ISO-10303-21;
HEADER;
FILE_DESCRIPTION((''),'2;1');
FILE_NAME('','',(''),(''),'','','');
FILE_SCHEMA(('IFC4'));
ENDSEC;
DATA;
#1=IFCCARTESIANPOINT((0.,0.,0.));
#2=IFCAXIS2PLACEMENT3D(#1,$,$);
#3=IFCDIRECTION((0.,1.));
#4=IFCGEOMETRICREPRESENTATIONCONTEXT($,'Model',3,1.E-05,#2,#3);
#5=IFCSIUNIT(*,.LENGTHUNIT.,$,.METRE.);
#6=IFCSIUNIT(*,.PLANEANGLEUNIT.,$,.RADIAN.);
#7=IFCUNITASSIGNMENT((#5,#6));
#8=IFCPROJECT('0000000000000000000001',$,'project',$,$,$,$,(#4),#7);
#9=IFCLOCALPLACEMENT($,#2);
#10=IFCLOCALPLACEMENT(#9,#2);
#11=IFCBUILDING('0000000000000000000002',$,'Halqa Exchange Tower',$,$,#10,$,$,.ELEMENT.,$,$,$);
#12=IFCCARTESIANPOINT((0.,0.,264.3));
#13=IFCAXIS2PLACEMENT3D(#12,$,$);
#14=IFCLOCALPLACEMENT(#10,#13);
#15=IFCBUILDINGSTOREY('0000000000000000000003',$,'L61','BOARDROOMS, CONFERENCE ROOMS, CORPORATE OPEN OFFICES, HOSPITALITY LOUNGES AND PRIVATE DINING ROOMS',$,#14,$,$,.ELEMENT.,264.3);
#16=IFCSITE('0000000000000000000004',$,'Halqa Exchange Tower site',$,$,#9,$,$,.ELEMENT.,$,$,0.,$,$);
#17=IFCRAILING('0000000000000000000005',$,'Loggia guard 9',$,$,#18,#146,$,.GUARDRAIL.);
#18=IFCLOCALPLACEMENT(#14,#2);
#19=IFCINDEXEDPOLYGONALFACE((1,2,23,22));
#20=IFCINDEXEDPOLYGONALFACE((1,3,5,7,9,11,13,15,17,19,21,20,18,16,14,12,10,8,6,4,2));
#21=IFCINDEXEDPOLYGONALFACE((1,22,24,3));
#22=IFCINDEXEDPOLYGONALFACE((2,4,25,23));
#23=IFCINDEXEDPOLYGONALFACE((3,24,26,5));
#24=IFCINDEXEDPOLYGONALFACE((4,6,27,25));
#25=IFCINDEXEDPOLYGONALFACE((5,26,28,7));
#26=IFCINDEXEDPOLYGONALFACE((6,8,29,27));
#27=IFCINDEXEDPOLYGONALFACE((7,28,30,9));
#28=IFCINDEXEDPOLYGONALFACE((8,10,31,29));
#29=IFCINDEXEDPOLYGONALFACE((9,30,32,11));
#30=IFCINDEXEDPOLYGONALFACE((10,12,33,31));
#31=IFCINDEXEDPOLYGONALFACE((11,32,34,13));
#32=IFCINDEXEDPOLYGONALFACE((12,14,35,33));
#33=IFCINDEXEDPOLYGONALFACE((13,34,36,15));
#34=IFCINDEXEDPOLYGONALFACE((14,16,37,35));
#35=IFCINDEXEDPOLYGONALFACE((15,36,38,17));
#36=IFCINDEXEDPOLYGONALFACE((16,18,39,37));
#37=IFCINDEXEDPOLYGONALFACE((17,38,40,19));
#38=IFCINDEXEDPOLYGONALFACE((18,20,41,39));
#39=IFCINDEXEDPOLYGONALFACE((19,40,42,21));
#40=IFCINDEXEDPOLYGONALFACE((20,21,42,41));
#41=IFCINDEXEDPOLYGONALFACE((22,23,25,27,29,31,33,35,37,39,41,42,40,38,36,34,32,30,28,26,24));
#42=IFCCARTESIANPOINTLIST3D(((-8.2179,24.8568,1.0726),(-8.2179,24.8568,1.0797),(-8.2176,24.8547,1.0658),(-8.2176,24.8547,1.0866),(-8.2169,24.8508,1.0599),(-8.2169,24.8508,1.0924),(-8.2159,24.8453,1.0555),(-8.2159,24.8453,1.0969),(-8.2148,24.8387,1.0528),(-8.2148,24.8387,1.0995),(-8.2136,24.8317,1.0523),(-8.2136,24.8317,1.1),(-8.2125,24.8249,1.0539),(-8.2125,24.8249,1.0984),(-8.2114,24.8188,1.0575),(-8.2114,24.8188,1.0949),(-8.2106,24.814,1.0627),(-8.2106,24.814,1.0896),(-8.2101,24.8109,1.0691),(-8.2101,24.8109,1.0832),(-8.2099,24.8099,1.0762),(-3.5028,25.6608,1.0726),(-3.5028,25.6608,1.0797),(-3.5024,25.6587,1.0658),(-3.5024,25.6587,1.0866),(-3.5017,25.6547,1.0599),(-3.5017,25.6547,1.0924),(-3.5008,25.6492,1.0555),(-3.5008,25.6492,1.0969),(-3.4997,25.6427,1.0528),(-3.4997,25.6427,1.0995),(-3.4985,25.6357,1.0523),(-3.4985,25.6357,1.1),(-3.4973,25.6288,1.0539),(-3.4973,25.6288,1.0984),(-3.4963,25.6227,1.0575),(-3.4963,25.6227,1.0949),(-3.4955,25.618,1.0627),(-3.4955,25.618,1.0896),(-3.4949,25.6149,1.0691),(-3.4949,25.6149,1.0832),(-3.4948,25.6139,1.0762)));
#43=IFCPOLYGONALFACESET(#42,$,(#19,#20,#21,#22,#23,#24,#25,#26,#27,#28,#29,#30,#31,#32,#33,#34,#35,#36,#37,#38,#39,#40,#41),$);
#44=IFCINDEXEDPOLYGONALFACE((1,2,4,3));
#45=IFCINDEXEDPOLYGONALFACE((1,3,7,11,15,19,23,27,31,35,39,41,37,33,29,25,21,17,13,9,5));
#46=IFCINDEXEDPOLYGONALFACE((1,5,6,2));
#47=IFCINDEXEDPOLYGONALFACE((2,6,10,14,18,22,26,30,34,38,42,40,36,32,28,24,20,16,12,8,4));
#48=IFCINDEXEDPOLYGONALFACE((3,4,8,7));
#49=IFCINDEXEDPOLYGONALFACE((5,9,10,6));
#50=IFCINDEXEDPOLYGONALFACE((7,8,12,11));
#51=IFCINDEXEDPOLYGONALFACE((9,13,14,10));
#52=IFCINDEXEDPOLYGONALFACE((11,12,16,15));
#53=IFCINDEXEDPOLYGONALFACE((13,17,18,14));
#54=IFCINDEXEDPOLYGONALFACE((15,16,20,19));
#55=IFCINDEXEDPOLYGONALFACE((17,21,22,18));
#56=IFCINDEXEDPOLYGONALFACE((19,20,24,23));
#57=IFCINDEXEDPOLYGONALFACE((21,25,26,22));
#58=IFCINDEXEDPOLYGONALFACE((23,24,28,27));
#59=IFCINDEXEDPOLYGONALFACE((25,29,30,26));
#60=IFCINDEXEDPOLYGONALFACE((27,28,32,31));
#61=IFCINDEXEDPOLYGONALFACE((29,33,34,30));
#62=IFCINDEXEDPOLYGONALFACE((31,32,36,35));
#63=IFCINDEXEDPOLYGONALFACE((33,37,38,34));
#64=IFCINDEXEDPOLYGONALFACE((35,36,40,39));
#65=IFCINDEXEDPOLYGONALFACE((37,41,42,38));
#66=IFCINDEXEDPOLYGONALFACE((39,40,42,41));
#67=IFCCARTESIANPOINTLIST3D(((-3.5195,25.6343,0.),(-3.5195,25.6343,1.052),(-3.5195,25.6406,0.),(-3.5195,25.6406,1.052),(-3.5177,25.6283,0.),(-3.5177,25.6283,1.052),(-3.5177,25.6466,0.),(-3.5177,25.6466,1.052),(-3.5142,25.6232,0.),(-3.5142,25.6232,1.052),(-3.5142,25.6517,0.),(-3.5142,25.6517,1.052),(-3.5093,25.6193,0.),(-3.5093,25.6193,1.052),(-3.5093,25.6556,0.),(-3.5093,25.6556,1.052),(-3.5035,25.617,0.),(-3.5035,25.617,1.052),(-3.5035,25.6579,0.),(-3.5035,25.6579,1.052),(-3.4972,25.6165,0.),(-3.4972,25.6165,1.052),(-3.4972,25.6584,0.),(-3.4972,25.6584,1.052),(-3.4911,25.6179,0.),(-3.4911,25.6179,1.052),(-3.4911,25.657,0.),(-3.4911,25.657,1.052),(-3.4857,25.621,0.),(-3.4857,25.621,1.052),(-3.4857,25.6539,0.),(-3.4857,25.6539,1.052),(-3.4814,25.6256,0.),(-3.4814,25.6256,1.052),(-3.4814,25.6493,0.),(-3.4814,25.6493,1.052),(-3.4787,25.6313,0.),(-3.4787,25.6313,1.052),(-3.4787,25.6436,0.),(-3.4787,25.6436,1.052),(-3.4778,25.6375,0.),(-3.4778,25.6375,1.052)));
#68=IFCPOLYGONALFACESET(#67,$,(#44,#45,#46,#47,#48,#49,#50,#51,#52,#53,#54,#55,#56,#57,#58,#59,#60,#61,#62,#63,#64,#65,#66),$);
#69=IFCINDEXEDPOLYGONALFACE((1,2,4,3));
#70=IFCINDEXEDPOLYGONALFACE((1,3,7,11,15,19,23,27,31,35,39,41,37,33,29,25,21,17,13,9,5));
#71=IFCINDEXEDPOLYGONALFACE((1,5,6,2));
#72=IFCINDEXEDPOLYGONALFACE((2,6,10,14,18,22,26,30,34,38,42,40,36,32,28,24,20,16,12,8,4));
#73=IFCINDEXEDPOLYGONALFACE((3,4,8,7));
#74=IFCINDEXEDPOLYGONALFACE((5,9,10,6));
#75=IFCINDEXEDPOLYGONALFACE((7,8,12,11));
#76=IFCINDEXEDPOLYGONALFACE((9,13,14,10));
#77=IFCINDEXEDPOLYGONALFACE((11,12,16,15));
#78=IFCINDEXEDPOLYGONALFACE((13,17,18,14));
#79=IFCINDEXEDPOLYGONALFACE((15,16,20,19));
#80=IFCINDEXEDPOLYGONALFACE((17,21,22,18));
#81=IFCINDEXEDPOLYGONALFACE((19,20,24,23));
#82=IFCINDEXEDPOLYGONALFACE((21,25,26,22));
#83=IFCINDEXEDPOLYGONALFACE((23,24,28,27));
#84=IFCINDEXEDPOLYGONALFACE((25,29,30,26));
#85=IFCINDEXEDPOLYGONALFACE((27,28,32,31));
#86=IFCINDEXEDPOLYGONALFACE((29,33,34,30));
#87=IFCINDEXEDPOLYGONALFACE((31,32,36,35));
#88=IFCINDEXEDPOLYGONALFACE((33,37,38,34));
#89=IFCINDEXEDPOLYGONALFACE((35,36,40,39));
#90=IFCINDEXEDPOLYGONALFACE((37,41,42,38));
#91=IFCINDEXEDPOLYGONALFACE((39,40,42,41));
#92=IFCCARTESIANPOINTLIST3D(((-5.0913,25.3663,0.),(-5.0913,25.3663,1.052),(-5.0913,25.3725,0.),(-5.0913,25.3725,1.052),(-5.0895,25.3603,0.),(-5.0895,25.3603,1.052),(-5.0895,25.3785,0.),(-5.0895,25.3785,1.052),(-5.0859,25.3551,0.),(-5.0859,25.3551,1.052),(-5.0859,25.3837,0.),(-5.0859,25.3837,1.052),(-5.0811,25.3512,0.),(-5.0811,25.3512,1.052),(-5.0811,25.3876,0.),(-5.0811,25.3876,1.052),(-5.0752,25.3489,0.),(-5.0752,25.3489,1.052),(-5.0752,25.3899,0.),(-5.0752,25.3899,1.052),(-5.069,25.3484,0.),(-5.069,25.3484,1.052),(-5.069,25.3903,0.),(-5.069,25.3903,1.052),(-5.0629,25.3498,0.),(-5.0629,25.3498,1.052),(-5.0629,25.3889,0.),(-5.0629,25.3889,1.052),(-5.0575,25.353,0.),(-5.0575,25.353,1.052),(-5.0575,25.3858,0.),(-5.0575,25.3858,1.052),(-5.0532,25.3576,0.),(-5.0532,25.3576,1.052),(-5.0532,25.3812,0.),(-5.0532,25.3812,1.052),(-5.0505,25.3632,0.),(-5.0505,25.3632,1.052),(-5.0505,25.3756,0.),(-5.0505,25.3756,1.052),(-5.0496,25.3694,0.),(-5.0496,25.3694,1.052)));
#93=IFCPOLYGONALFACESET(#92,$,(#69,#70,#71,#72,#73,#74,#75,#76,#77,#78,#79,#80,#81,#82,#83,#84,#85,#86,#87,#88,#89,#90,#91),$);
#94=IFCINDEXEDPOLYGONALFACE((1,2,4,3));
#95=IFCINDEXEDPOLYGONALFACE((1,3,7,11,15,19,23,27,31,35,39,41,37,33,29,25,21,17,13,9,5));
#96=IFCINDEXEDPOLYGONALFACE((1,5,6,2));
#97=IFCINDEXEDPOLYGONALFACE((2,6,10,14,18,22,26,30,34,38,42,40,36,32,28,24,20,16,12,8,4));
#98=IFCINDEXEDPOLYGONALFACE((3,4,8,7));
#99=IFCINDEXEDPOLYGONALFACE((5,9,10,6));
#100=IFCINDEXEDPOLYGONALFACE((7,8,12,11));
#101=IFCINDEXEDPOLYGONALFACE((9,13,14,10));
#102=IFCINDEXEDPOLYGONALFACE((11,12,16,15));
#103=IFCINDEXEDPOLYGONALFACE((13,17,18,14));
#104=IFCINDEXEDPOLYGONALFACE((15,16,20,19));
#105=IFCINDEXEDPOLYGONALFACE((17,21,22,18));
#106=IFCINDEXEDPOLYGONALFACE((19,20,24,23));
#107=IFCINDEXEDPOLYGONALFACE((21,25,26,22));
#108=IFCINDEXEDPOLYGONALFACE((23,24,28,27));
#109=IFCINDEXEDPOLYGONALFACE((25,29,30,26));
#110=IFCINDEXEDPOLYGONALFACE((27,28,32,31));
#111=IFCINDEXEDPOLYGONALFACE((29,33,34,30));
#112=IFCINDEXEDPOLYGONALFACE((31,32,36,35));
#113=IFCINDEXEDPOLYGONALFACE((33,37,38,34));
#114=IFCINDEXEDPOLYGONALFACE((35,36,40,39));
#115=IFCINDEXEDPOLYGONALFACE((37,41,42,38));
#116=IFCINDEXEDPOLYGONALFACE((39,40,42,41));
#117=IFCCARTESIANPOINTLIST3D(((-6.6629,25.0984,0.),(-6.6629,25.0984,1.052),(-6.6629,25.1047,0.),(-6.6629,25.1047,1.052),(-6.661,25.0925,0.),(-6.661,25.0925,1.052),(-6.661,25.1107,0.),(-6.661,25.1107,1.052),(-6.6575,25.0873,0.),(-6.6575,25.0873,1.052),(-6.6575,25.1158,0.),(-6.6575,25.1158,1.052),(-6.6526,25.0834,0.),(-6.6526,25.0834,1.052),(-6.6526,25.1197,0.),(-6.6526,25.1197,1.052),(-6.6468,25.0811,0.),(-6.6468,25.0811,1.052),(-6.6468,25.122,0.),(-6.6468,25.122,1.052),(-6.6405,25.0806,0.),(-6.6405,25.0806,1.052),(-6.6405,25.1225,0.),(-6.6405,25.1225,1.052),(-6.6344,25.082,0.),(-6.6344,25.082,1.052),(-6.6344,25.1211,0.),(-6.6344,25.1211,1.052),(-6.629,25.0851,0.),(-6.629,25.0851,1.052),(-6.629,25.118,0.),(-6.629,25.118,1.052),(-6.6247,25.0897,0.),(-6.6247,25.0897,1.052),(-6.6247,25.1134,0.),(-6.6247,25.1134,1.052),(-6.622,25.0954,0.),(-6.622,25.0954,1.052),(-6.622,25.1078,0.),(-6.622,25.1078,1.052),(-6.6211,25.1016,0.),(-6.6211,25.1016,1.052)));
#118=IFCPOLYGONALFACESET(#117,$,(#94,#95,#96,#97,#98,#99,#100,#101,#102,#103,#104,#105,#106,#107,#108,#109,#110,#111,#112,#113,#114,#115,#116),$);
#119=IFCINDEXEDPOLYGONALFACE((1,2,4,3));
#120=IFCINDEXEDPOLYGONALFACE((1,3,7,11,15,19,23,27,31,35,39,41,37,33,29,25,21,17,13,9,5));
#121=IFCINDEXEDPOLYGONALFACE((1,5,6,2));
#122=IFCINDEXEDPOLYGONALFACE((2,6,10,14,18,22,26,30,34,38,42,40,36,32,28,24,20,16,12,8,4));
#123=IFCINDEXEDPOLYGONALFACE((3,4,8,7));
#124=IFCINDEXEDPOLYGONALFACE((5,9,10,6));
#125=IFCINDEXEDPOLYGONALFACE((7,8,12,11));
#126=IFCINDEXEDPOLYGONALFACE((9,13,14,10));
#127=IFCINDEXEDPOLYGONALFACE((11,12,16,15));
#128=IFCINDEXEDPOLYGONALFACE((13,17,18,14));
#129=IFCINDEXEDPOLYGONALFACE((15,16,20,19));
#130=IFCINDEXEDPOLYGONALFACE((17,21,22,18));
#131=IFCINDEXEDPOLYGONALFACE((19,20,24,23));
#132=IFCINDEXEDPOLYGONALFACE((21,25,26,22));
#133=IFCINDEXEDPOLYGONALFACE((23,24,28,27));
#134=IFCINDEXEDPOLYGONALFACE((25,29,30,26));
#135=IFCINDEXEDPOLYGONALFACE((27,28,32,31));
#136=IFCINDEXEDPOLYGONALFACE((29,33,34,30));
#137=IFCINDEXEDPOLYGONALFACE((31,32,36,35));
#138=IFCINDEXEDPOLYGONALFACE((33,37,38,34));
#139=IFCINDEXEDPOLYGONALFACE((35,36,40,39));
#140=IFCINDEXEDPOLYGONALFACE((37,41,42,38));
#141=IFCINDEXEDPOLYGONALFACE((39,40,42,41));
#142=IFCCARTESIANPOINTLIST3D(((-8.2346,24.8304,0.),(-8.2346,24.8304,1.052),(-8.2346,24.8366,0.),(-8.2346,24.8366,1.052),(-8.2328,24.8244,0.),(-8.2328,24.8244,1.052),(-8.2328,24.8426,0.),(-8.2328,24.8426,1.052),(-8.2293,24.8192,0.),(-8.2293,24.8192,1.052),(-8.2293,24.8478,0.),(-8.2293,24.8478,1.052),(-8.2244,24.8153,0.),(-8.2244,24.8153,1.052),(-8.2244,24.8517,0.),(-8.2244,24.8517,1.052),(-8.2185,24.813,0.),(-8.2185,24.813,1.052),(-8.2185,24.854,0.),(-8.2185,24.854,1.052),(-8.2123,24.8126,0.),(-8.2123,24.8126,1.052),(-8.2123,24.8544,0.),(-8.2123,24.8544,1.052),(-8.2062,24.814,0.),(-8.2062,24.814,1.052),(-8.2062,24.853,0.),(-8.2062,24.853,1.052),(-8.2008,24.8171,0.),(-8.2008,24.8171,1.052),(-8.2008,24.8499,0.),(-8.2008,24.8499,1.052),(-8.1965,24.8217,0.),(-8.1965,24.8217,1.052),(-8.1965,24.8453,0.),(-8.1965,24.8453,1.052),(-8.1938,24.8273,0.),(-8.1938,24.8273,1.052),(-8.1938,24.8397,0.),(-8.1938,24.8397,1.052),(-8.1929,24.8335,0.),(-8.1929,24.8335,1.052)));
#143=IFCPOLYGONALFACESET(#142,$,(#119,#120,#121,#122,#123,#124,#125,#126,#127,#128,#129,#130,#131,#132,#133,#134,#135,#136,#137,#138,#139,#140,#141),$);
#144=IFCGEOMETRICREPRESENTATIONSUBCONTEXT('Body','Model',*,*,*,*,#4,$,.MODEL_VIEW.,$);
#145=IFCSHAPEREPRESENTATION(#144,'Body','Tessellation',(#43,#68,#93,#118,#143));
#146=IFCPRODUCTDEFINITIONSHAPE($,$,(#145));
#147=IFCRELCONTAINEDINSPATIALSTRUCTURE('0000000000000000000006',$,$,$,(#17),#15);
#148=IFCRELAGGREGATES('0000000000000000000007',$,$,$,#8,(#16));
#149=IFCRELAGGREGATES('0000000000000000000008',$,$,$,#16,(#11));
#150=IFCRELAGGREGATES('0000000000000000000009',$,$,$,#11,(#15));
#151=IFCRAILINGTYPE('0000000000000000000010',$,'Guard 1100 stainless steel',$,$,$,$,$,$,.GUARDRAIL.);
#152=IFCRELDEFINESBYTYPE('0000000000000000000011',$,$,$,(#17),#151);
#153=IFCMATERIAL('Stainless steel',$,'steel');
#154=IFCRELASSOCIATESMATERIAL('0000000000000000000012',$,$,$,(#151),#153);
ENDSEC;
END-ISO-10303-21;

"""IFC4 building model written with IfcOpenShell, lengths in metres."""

from ifc_helpers import new_model, si_unit, direction, frame, origin, origin_2d, place, context, subcontext, project, spatial, circle, extrude, material, type_object, element, save


model = new_model("IFC4")

# Units and contexts
model_context = context("Model", 3, precision=1e-05, world=origin(), true_north=direction((0.0, 1.0)))
body_context = subcontext(model_context, "Body", "Model", "MODEL_VIEW")
ifc_project = project(units=[si_unit("LENGTHUNIT", "METRE"), si_unit("PLANEANGLEUNIT", "RADIAN")], contexts=[model_context])

# Site, building, storey
site_placement = place(None, origin())
site = spatial("IfcSite", under=ifc_project, at=site_placement, Name="Halqa Exchange Tower site", CompositionType="ELEMENT", RefElevation=0.0)
building_placement = place(site_placement, origin())
building = spatial("IfcBuilding", under=site, at=building_placement, Name="Halqa Exchange Tower", CompositionType="ELEMENT")
storey_placement = place(building_placement, frame((0.0, 0.0, 264.3)))
storey = spatial("IfcBuildingStorey", under=building, at=storey_placement, Name="L61", Description="BOARDROOMS, CONFERENCE ROOMS, CORPORATE OPEN OFFICES, HOSPITALITY LOUNGES AND PRIVATE DINING ROOMS", CompositionType="ELEMENT", Elevation=264.3)

# Railing
ifc_material_1 = material(Name="Stainless steel", Category="steel")
railing_type_1 = type_object("IfcRailingType", Name="Guard 1100 stainless steel", PredefinedType="GUARDRAIL", material=ifc_material_1)
railing_1_placement = place(storey_placement, frame((-3.4988, 25.6375, 0.0)))
element("IfcRailing", 1, at=railing_1_placement, inside=storey, type_object=railing_type_1, Name="Loggia guard 9", PredefinedType="GUARDRAIL", context=body_context, shape_type="SweptSolid", body=[
    extrude(circle(Radius=0.0239, at=origin_2d()), frame((0.0, 0.0, 1.0762), z_axis=(-0.985773, -0.168081, 0.0), x_axis=(0.168081, -0.985773, 0.0)), (0.0, 0.0, 1.0), 4.7832),
    extrude(circle(Radius=0.021, at=origin_2d()), origin(), (0.0, 0.0, 1.0), 1.052),
    extrude(circle(Radius=0.021, at=origin_2d()), frame((-1.5718, -0.2681, 0.0)), (0.0, 0.0, 1.0), 1.052),
    extrude(circle(Radius=0.021, at=origin_2d()), frame((-3.1433, -0.5359, 0.0)), (0.0, 0.0, 1.0), 1.052),
    extrude(circle(Radius=0.021, at=origin_2d()), frame((-4.7151, -0.804, 0.0)), (0.0, 0.0, 1.0), 1.052),
])

save(model, "model.ifc")
